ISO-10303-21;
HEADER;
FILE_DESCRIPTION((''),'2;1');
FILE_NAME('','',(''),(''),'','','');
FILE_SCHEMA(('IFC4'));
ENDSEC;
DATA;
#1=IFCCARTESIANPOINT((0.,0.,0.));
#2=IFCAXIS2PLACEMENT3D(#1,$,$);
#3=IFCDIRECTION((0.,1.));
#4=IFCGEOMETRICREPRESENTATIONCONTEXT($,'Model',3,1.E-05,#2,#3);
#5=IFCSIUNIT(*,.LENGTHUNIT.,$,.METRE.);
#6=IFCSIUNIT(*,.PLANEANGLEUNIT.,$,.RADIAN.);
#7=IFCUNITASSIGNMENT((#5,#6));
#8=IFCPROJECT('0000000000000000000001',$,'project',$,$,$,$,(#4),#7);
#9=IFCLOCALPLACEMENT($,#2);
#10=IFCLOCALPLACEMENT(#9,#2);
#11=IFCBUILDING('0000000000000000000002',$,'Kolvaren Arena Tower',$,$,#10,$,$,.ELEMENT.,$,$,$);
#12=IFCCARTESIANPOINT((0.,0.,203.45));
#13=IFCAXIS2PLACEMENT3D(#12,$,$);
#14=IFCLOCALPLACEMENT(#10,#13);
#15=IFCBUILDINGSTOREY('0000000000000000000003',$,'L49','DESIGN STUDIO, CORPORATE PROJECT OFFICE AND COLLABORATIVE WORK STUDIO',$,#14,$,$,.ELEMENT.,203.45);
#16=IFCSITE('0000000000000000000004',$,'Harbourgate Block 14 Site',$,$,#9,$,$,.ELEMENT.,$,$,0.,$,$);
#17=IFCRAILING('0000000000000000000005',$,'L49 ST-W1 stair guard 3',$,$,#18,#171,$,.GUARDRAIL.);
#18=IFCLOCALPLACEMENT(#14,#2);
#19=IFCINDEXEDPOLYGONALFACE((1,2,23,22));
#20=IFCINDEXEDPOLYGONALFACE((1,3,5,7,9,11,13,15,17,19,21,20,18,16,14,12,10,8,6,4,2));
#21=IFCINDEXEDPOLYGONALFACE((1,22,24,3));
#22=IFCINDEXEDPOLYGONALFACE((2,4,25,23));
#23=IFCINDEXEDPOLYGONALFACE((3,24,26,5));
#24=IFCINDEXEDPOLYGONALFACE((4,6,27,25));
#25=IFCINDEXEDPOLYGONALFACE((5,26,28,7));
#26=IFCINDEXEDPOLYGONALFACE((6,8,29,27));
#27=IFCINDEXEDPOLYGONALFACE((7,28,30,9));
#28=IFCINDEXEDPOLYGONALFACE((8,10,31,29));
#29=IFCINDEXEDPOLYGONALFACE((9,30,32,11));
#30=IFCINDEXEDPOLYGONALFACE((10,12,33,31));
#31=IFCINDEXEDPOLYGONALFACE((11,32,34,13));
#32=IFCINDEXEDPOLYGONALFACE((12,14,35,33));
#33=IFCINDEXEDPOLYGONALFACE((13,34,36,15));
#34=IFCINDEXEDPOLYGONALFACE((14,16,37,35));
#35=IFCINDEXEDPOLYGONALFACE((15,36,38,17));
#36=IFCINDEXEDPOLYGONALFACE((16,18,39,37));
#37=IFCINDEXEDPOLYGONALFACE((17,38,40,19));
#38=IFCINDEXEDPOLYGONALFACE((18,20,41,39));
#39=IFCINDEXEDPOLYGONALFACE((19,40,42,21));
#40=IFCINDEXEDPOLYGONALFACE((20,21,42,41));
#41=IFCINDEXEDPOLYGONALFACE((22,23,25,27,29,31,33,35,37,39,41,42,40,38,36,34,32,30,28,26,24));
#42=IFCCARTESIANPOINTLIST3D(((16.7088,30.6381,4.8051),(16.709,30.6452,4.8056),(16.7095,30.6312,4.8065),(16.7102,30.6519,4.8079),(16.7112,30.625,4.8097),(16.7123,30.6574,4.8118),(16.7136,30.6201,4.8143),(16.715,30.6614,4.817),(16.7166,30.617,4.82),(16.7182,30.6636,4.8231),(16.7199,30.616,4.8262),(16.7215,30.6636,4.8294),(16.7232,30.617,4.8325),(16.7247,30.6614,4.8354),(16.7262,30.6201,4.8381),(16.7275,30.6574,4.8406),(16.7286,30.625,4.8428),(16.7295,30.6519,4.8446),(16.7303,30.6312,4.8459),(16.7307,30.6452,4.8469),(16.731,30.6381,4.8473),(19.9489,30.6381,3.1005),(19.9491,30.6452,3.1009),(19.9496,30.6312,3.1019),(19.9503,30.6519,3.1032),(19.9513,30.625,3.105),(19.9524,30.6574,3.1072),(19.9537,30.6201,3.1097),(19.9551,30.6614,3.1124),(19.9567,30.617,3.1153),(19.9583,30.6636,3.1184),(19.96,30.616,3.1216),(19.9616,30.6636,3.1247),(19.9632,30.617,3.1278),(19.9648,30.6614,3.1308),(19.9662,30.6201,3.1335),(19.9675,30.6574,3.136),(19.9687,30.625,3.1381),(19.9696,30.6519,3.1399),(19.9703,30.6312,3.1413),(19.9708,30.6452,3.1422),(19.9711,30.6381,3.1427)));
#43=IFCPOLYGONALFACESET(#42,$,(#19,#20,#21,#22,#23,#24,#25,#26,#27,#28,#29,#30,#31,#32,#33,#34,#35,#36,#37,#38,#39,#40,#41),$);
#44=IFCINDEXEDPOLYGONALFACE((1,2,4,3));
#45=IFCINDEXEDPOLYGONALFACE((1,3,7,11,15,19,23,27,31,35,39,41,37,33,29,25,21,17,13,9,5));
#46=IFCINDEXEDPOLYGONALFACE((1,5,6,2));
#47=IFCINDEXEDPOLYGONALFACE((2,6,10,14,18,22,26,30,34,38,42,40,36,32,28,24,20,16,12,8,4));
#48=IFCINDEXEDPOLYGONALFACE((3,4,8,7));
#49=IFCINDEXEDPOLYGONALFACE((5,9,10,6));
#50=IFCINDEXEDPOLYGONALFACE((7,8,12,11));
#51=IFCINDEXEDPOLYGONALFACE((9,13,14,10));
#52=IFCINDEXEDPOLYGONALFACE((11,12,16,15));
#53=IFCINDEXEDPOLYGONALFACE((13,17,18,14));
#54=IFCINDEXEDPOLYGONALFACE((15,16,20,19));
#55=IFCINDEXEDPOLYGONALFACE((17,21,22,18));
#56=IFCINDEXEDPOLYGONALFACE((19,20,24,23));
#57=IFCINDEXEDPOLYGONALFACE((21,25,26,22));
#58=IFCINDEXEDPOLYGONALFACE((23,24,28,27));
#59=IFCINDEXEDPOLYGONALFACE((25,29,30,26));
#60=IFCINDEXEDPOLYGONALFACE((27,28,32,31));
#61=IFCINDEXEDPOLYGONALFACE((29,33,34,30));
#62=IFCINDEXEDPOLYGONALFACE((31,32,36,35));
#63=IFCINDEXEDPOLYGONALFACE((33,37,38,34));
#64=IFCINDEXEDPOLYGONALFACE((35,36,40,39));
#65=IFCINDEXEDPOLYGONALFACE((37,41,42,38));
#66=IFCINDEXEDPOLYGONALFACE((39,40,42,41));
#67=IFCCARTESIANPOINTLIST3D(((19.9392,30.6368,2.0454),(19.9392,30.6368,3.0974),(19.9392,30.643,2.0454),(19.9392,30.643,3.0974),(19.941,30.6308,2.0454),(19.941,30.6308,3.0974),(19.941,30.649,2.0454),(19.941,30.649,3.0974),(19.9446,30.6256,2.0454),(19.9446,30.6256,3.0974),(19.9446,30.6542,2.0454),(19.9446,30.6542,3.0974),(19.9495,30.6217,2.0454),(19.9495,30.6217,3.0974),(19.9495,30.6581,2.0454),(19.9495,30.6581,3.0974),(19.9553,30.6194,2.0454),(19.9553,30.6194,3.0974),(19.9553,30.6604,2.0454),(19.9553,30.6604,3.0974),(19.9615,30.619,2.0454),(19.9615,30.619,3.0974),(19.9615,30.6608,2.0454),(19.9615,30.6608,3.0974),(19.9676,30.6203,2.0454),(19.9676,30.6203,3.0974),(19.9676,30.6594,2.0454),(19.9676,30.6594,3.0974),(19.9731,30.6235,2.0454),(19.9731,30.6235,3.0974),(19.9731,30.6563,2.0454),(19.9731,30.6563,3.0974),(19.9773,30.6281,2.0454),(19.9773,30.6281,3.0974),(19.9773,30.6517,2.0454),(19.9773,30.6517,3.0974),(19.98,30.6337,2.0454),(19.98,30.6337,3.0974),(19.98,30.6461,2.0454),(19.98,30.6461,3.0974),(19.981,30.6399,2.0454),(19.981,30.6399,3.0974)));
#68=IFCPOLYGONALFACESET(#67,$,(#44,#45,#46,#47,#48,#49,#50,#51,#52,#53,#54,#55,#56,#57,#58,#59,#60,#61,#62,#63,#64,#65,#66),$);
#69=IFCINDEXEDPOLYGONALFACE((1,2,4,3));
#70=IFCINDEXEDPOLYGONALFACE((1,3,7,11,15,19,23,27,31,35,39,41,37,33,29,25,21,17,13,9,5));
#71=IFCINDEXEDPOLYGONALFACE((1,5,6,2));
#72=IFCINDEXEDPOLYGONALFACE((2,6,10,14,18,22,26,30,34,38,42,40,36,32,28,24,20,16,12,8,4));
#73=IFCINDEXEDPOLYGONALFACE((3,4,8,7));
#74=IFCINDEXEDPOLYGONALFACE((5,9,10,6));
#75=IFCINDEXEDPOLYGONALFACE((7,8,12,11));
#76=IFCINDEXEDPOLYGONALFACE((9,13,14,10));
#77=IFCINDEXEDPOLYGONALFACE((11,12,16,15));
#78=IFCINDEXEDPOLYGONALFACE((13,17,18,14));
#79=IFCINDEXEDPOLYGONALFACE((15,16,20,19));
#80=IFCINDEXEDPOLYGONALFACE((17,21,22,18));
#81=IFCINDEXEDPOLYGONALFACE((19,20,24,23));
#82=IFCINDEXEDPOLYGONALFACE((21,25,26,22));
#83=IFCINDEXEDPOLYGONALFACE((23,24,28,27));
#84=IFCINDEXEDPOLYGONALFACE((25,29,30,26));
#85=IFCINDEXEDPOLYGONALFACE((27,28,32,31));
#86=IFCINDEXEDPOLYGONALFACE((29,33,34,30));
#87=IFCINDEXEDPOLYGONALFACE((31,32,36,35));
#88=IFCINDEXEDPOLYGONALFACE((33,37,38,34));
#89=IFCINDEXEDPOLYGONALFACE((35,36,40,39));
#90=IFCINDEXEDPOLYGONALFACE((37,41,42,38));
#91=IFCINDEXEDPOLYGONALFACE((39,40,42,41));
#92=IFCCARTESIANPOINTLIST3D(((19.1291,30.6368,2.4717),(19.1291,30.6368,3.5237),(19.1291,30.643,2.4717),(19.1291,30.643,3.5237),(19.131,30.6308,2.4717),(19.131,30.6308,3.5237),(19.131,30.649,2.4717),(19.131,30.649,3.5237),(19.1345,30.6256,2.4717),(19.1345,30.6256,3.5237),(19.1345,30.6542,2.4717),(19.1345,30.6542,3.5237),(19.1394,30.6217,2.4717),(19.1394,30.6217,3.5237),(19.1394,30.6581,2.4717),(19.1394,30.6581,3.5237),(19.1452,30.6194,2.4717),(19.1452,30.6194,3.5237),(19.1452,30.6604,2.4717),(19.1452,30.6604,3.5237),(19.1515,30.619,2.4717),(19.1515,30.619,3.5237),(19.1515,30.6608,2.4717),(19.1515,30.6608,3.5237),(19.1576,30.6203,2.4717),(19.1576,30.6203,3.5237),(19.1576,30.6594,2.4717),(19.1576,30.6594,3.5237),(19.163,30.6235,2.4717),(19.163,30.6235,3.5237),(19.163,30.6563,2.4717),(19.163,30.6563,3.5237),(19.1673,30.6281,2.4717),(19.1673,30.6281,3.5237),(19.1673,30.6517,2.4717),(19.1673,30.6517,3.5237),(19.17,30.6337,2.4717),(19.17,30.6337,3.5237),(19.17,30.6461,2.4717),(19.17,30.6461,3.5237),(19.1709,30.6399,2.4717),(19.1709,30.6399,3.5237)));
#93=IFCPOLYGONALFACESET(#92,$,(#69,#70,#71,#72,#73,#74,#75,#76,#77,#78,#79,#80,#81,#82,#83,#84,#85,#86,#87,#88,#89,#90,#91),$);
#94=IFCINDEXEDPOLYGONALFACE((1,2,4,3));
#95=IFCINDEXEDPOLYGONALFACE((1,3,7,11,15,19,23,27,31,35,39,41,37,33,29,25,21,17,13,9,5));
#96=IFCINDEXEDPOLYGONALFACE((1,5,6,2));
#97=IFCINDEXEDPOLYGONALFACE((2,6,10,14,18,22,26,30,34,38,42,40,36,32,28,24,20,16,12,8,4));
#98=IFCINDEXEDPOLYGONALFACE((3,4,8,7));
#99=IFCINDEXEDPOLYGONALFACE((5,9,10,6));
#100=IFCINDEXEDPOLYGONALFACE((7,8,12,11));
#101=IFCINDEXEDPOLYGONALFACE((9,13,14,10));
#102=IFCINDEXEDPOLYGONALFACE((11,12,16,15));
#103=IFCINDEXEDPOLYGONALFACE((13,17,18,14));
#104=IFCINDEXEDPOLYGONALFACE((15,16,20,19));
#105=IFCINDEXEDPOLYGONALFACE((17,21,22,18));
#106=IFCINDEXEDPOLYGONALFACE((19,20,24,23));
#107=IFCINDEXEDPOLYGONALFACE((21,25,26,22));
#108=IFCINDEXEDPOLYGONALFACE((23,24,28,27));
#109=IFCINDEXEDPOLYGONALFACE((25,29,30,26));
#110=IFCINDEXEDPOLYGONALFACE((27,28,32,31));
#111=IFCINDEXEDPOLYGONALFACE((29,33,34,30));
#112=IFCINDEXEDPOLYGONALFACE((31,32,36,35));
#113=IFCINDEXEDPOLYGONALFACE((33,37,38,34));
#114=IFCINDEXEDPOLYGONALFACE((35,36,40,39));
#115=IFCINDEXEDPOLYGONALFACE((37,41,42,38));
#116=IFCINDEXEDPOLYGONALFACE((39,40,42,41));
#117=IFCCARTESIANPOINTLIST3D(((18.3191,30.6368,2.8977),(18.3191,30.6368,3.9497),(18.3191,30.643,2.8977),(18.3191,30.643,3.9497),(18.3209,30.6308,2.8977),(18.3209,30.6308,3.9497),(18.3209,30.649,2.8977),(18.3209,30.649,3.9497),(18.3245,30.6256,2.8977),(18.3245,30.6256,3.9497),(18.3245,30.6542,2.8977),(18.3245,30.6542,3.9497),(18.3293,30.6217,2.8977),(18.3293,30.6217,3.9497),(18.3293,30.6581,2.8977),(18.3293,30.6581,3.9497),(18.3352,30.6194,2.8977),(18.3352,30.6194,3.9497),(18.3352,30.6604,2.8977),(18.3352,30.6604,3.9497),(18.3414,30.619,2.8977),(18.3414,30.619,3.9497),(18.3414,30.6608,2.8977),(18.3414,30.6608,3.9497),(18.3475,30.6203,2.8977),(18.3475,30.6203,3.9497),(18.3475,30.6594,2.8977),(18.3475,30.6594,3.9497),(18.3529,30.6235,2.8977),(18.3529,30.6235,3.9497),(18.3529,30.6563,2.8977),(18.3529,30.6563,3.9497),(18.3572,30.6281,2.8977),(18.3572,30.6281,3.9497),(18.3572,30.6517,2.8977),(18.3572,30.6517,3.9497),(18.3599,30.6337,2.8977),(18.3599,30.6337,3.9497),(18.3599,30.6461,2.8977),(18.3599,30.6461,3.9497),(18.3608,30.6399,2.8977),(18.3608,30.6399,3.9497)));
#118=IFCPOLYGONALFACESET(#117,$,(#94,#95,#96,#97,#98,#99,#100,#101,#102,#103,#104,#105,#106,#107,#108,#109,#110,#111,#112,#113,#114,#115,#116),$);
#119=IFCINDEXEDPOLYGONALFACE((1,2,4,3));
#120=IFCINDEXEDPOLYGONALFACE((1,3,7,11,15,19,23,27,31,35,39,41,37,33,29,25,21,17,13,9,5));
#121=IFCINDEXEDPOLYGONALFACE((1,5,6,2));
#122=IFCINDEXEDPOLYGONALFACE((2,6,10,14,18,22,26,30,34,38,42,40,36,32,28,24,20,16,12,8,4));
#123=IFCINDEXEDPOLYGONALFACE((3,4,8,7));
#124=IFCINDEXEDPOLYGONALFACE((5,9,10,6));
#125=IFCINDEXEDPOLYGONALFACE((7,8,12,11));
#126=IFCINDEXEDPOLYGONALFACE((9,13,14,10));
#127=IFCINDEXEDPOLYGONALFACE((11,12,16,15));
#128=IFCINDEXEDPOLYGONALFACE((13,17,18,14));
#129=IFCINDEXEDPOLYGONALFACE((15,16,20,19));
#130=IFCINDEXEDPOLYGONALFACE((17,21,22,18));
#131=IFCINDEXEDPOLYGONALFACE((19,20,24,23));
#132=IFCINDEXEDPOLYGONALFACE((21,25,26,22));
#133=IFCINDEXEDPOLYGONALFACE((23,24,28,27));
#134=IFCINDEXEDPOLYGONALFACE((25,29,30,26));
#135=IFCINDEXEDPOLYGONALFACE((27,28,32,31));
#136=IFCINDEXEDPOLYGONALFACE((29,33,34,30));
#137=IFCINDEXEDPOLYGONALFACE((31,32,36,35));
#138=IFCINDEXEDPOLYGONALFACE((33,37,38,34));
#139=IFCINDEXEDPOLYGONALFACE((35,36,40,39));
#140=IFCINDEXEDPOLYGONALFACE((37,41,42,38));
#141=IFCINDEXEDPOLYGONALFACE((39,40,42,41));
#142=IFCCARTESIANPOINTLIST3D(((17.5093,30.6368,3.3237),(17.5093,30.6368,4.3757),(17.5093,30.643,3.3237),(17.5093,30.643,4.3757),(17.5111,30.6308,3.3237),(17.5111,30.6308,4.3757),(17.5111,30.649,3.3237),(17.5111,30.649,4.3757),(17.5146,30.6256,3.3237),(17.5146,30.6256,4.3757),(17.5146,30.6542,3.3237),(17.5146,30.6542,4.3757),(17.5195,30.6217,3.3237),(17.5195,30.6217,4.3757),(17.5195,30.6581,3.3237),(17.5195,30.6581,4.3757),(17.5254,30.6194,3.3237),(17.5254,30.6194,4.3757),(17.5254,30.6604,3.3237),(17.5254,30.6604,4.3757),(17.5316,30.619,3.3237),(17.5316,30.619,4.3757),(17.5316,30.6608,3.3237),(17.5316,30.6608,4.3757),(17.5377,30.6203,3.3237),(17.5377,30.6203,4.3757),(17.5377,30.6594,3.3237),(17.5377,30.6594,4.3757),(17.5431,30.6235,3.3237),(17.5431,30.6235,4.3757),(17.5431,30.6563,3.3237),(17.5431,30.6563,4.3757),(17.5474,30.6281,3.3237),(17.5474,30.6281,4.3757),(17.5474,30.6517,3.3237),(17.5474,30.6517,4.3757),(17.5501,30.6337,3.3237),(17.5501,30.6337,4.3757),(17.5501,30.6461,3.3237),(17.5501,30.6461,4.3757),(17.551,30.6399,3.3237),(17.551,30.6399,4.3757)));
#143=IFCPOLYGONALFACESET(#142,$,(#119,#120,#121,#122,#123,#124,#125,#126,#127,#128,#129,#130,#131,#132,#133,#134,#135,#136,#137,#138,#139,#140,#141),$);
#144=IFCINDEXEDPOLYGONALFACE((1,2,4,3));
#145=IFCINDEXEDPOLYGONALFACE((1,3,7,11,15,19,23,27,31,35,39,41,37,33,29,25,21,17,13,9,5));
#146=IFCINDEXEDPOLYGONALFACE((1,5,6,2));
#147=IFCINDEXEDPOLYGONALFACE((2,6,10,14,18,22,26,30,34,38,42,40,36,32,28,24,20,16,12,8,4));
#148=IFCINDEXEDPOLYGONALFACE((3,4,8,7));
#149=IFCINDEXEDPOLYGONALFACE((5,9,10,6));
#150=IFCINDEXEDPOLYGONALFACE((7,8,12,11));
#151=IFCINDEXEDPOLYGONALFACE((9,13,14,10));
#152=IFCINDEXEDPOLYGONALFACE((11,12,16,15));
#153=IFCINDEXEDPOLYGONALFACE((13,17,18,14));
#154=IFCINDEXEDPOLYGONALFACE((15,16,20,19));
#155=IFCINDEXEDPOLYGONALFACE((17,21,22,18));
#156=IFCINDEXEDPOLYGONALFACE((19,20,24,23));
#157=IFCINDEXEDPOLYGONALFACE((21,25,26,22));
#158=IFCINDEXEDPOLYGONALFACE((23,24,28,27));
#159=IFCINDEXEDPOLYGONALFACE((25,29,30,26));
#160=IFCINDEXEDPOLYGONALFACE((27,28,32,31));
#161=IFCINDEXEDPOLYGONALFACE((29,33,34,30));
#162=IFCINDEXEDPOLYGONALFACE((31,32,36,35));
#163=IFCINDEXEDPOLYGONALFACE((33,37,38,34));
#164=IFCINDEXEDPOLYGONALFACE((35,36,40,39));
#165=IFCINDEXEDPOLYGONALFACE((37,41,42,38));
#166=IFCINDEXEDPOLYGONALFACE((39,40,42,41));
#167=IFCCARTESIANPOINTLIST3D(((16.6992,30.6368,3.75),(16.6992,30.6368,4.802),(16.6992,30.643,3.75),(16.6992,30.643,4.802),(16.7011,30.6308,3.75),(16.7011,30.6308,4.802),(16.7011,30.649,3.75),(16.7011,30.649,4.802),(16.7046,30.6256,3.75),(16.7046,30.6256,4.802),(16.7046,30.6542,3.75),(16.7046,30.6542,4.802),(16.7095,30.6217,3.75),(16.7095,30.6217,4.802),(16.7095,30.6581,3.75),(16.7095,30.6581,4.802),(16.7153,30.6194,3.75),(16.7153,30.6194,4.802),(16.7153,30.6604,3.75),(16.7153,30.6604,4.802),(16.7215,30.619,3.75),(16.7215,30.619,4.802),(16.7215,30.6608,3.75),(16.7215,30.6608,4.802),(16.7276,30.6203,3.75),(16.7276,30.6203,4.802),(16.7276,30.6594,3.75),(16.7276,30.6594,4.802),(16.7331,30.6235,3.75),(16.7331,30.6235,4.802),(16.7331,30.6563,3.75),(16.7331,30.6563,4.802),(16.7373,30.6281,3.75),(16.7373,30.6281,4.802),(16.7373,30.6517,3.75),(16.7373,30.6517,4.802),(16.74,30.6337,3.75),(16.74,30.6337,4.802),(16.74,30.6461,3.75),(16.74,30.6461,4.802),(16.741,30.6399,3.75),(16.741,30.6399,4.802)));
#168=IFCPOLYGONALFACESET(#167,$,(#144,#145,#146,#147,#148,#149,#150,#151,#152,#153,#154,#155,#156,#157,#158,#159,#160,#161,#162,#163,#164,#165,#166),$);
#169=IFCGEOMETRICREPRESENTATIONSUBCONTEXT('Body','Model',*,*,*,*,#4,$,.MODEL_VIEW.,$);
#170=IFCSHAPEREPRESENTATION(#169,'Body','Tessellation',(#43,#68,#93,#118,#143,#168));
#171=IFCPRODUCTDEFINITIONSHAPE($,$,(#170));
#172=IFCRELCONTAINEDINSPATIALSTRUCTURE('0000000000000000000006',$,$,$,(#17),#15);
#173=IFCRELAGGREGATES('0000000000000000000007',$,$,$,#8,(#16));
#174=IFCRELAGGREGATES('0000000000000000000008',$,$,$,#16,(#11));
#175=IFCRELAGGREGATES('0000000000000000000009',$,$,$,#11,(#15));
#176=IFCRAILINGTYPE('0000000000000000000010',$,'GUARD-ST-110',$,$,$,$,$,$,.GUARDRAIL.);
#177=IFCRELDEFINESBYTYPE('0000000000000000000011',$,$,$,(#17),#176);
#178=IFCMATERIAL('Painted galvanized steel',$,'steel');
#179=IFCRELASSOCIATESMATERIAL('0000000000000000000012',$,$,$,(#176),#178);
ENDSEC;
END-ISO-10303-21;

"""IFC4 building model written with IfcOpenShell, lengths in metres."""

from ifc_helpers import new_model, si_unit, direction, frame, origin, origin_2d, place, context, subcontext, project, spatial, circle, extrude, material, type_object, element, save


model = new_model("IFC4")

# Units and contexts
model_context = context("Model", 3, precision=1e-05, world=origin(), true_north=direction((0.0, 1.0)))
body_context = subcontext(model_context, "Body", "Model", "MODEL_VIEW")
ifc_project = project(units=[si_unit("LENGTHUNIT", "METRE"), si_unit("PLANEANGLEUNIT", "RADIAN")], contexts=[model_context])

# Site, building, storey
site_placement = place(None, origin())
site = spatial("IfcSite", under=ifc_project, at=site_placement, Name="Harbourgate Block 14 Site", CompositionType="ELEMENT", RefElevation=0.0)
building_placement = place(site_placement, origin())
building = spatial("IfcBuilding", under=site, at=building_placement, Name="Kolvaren Arena Tower", CompositionType="ELEMENT")
storey_placement = place(building_placement, frame((0.0, 0.0, 203.45)))
storey = spatial("IfcBuildingStorey", under=building, at=storey_placement, Name="L49", Description="DESIGN STUDIO, CORPORATE PROJECT OFFICE AND COLLABORATIVE WORK STUDIO", CompositionType="ELEMENT", Elevation=203.45)

# Railing
ifc_material_1 = material(Name="Painted galvanized steel", Category="steel")
railing_type_1 = type_object("IfcRailingType", Name="GUARD-ST-110", PredefinedType="GUARDRAIL", material=ifc_material_1)
railing_1_placement = place(storey_placement, frame((19.96, 30.6399, 2.0454)))
element("IfcRailing", 1, at=railing_1_placement, inside=storey, type_object=railing_type_1, Name="L49 ST-W1 stair guard 3", PredefinedType="GUARDRAIL", context=body_context, shape_type="SweptSolid", body=[
    extrude(circle(Radius=0.0239, at=origin_2d()), frame((0.0, 0.0, 1.0762), z_axis=(-0.884993, 0.0, 0.465604), x_axis=(0.0, -1.0, 0.0)), (0.0, 0.0, 1.0), 3.6611),
    extrude(circle(Radius=0.021, at=origin_2d()), origin(), (0.0, 0.0, 1.0), 1.052),
    extrude(circle(Radius=0.021, at=origin_2d()), frame((-0.8101, 0.0, 0.4263)), (0.0, 0.0, 1.0), 1.052),
    extrude(circle(Radius=0.021, at=origin_2d()), frame((-1.6201, 0.0, 0.8523)), (0.0, 0.0, 1.0), 1.052),
    extrude(circle(Radius=0.021, at=origin_2d()), frame((-2.4299, 0.0, 1.2783)), (0.0, 0.0, 1.0), 1.052),
    extrude(circle(Radius=0.021, at=origin_2d()), frame((-3.24, 0.0, 1.7046)), (0.0, 0.0, 1.0), 1.052),
])

save(model, "model.ifc")
